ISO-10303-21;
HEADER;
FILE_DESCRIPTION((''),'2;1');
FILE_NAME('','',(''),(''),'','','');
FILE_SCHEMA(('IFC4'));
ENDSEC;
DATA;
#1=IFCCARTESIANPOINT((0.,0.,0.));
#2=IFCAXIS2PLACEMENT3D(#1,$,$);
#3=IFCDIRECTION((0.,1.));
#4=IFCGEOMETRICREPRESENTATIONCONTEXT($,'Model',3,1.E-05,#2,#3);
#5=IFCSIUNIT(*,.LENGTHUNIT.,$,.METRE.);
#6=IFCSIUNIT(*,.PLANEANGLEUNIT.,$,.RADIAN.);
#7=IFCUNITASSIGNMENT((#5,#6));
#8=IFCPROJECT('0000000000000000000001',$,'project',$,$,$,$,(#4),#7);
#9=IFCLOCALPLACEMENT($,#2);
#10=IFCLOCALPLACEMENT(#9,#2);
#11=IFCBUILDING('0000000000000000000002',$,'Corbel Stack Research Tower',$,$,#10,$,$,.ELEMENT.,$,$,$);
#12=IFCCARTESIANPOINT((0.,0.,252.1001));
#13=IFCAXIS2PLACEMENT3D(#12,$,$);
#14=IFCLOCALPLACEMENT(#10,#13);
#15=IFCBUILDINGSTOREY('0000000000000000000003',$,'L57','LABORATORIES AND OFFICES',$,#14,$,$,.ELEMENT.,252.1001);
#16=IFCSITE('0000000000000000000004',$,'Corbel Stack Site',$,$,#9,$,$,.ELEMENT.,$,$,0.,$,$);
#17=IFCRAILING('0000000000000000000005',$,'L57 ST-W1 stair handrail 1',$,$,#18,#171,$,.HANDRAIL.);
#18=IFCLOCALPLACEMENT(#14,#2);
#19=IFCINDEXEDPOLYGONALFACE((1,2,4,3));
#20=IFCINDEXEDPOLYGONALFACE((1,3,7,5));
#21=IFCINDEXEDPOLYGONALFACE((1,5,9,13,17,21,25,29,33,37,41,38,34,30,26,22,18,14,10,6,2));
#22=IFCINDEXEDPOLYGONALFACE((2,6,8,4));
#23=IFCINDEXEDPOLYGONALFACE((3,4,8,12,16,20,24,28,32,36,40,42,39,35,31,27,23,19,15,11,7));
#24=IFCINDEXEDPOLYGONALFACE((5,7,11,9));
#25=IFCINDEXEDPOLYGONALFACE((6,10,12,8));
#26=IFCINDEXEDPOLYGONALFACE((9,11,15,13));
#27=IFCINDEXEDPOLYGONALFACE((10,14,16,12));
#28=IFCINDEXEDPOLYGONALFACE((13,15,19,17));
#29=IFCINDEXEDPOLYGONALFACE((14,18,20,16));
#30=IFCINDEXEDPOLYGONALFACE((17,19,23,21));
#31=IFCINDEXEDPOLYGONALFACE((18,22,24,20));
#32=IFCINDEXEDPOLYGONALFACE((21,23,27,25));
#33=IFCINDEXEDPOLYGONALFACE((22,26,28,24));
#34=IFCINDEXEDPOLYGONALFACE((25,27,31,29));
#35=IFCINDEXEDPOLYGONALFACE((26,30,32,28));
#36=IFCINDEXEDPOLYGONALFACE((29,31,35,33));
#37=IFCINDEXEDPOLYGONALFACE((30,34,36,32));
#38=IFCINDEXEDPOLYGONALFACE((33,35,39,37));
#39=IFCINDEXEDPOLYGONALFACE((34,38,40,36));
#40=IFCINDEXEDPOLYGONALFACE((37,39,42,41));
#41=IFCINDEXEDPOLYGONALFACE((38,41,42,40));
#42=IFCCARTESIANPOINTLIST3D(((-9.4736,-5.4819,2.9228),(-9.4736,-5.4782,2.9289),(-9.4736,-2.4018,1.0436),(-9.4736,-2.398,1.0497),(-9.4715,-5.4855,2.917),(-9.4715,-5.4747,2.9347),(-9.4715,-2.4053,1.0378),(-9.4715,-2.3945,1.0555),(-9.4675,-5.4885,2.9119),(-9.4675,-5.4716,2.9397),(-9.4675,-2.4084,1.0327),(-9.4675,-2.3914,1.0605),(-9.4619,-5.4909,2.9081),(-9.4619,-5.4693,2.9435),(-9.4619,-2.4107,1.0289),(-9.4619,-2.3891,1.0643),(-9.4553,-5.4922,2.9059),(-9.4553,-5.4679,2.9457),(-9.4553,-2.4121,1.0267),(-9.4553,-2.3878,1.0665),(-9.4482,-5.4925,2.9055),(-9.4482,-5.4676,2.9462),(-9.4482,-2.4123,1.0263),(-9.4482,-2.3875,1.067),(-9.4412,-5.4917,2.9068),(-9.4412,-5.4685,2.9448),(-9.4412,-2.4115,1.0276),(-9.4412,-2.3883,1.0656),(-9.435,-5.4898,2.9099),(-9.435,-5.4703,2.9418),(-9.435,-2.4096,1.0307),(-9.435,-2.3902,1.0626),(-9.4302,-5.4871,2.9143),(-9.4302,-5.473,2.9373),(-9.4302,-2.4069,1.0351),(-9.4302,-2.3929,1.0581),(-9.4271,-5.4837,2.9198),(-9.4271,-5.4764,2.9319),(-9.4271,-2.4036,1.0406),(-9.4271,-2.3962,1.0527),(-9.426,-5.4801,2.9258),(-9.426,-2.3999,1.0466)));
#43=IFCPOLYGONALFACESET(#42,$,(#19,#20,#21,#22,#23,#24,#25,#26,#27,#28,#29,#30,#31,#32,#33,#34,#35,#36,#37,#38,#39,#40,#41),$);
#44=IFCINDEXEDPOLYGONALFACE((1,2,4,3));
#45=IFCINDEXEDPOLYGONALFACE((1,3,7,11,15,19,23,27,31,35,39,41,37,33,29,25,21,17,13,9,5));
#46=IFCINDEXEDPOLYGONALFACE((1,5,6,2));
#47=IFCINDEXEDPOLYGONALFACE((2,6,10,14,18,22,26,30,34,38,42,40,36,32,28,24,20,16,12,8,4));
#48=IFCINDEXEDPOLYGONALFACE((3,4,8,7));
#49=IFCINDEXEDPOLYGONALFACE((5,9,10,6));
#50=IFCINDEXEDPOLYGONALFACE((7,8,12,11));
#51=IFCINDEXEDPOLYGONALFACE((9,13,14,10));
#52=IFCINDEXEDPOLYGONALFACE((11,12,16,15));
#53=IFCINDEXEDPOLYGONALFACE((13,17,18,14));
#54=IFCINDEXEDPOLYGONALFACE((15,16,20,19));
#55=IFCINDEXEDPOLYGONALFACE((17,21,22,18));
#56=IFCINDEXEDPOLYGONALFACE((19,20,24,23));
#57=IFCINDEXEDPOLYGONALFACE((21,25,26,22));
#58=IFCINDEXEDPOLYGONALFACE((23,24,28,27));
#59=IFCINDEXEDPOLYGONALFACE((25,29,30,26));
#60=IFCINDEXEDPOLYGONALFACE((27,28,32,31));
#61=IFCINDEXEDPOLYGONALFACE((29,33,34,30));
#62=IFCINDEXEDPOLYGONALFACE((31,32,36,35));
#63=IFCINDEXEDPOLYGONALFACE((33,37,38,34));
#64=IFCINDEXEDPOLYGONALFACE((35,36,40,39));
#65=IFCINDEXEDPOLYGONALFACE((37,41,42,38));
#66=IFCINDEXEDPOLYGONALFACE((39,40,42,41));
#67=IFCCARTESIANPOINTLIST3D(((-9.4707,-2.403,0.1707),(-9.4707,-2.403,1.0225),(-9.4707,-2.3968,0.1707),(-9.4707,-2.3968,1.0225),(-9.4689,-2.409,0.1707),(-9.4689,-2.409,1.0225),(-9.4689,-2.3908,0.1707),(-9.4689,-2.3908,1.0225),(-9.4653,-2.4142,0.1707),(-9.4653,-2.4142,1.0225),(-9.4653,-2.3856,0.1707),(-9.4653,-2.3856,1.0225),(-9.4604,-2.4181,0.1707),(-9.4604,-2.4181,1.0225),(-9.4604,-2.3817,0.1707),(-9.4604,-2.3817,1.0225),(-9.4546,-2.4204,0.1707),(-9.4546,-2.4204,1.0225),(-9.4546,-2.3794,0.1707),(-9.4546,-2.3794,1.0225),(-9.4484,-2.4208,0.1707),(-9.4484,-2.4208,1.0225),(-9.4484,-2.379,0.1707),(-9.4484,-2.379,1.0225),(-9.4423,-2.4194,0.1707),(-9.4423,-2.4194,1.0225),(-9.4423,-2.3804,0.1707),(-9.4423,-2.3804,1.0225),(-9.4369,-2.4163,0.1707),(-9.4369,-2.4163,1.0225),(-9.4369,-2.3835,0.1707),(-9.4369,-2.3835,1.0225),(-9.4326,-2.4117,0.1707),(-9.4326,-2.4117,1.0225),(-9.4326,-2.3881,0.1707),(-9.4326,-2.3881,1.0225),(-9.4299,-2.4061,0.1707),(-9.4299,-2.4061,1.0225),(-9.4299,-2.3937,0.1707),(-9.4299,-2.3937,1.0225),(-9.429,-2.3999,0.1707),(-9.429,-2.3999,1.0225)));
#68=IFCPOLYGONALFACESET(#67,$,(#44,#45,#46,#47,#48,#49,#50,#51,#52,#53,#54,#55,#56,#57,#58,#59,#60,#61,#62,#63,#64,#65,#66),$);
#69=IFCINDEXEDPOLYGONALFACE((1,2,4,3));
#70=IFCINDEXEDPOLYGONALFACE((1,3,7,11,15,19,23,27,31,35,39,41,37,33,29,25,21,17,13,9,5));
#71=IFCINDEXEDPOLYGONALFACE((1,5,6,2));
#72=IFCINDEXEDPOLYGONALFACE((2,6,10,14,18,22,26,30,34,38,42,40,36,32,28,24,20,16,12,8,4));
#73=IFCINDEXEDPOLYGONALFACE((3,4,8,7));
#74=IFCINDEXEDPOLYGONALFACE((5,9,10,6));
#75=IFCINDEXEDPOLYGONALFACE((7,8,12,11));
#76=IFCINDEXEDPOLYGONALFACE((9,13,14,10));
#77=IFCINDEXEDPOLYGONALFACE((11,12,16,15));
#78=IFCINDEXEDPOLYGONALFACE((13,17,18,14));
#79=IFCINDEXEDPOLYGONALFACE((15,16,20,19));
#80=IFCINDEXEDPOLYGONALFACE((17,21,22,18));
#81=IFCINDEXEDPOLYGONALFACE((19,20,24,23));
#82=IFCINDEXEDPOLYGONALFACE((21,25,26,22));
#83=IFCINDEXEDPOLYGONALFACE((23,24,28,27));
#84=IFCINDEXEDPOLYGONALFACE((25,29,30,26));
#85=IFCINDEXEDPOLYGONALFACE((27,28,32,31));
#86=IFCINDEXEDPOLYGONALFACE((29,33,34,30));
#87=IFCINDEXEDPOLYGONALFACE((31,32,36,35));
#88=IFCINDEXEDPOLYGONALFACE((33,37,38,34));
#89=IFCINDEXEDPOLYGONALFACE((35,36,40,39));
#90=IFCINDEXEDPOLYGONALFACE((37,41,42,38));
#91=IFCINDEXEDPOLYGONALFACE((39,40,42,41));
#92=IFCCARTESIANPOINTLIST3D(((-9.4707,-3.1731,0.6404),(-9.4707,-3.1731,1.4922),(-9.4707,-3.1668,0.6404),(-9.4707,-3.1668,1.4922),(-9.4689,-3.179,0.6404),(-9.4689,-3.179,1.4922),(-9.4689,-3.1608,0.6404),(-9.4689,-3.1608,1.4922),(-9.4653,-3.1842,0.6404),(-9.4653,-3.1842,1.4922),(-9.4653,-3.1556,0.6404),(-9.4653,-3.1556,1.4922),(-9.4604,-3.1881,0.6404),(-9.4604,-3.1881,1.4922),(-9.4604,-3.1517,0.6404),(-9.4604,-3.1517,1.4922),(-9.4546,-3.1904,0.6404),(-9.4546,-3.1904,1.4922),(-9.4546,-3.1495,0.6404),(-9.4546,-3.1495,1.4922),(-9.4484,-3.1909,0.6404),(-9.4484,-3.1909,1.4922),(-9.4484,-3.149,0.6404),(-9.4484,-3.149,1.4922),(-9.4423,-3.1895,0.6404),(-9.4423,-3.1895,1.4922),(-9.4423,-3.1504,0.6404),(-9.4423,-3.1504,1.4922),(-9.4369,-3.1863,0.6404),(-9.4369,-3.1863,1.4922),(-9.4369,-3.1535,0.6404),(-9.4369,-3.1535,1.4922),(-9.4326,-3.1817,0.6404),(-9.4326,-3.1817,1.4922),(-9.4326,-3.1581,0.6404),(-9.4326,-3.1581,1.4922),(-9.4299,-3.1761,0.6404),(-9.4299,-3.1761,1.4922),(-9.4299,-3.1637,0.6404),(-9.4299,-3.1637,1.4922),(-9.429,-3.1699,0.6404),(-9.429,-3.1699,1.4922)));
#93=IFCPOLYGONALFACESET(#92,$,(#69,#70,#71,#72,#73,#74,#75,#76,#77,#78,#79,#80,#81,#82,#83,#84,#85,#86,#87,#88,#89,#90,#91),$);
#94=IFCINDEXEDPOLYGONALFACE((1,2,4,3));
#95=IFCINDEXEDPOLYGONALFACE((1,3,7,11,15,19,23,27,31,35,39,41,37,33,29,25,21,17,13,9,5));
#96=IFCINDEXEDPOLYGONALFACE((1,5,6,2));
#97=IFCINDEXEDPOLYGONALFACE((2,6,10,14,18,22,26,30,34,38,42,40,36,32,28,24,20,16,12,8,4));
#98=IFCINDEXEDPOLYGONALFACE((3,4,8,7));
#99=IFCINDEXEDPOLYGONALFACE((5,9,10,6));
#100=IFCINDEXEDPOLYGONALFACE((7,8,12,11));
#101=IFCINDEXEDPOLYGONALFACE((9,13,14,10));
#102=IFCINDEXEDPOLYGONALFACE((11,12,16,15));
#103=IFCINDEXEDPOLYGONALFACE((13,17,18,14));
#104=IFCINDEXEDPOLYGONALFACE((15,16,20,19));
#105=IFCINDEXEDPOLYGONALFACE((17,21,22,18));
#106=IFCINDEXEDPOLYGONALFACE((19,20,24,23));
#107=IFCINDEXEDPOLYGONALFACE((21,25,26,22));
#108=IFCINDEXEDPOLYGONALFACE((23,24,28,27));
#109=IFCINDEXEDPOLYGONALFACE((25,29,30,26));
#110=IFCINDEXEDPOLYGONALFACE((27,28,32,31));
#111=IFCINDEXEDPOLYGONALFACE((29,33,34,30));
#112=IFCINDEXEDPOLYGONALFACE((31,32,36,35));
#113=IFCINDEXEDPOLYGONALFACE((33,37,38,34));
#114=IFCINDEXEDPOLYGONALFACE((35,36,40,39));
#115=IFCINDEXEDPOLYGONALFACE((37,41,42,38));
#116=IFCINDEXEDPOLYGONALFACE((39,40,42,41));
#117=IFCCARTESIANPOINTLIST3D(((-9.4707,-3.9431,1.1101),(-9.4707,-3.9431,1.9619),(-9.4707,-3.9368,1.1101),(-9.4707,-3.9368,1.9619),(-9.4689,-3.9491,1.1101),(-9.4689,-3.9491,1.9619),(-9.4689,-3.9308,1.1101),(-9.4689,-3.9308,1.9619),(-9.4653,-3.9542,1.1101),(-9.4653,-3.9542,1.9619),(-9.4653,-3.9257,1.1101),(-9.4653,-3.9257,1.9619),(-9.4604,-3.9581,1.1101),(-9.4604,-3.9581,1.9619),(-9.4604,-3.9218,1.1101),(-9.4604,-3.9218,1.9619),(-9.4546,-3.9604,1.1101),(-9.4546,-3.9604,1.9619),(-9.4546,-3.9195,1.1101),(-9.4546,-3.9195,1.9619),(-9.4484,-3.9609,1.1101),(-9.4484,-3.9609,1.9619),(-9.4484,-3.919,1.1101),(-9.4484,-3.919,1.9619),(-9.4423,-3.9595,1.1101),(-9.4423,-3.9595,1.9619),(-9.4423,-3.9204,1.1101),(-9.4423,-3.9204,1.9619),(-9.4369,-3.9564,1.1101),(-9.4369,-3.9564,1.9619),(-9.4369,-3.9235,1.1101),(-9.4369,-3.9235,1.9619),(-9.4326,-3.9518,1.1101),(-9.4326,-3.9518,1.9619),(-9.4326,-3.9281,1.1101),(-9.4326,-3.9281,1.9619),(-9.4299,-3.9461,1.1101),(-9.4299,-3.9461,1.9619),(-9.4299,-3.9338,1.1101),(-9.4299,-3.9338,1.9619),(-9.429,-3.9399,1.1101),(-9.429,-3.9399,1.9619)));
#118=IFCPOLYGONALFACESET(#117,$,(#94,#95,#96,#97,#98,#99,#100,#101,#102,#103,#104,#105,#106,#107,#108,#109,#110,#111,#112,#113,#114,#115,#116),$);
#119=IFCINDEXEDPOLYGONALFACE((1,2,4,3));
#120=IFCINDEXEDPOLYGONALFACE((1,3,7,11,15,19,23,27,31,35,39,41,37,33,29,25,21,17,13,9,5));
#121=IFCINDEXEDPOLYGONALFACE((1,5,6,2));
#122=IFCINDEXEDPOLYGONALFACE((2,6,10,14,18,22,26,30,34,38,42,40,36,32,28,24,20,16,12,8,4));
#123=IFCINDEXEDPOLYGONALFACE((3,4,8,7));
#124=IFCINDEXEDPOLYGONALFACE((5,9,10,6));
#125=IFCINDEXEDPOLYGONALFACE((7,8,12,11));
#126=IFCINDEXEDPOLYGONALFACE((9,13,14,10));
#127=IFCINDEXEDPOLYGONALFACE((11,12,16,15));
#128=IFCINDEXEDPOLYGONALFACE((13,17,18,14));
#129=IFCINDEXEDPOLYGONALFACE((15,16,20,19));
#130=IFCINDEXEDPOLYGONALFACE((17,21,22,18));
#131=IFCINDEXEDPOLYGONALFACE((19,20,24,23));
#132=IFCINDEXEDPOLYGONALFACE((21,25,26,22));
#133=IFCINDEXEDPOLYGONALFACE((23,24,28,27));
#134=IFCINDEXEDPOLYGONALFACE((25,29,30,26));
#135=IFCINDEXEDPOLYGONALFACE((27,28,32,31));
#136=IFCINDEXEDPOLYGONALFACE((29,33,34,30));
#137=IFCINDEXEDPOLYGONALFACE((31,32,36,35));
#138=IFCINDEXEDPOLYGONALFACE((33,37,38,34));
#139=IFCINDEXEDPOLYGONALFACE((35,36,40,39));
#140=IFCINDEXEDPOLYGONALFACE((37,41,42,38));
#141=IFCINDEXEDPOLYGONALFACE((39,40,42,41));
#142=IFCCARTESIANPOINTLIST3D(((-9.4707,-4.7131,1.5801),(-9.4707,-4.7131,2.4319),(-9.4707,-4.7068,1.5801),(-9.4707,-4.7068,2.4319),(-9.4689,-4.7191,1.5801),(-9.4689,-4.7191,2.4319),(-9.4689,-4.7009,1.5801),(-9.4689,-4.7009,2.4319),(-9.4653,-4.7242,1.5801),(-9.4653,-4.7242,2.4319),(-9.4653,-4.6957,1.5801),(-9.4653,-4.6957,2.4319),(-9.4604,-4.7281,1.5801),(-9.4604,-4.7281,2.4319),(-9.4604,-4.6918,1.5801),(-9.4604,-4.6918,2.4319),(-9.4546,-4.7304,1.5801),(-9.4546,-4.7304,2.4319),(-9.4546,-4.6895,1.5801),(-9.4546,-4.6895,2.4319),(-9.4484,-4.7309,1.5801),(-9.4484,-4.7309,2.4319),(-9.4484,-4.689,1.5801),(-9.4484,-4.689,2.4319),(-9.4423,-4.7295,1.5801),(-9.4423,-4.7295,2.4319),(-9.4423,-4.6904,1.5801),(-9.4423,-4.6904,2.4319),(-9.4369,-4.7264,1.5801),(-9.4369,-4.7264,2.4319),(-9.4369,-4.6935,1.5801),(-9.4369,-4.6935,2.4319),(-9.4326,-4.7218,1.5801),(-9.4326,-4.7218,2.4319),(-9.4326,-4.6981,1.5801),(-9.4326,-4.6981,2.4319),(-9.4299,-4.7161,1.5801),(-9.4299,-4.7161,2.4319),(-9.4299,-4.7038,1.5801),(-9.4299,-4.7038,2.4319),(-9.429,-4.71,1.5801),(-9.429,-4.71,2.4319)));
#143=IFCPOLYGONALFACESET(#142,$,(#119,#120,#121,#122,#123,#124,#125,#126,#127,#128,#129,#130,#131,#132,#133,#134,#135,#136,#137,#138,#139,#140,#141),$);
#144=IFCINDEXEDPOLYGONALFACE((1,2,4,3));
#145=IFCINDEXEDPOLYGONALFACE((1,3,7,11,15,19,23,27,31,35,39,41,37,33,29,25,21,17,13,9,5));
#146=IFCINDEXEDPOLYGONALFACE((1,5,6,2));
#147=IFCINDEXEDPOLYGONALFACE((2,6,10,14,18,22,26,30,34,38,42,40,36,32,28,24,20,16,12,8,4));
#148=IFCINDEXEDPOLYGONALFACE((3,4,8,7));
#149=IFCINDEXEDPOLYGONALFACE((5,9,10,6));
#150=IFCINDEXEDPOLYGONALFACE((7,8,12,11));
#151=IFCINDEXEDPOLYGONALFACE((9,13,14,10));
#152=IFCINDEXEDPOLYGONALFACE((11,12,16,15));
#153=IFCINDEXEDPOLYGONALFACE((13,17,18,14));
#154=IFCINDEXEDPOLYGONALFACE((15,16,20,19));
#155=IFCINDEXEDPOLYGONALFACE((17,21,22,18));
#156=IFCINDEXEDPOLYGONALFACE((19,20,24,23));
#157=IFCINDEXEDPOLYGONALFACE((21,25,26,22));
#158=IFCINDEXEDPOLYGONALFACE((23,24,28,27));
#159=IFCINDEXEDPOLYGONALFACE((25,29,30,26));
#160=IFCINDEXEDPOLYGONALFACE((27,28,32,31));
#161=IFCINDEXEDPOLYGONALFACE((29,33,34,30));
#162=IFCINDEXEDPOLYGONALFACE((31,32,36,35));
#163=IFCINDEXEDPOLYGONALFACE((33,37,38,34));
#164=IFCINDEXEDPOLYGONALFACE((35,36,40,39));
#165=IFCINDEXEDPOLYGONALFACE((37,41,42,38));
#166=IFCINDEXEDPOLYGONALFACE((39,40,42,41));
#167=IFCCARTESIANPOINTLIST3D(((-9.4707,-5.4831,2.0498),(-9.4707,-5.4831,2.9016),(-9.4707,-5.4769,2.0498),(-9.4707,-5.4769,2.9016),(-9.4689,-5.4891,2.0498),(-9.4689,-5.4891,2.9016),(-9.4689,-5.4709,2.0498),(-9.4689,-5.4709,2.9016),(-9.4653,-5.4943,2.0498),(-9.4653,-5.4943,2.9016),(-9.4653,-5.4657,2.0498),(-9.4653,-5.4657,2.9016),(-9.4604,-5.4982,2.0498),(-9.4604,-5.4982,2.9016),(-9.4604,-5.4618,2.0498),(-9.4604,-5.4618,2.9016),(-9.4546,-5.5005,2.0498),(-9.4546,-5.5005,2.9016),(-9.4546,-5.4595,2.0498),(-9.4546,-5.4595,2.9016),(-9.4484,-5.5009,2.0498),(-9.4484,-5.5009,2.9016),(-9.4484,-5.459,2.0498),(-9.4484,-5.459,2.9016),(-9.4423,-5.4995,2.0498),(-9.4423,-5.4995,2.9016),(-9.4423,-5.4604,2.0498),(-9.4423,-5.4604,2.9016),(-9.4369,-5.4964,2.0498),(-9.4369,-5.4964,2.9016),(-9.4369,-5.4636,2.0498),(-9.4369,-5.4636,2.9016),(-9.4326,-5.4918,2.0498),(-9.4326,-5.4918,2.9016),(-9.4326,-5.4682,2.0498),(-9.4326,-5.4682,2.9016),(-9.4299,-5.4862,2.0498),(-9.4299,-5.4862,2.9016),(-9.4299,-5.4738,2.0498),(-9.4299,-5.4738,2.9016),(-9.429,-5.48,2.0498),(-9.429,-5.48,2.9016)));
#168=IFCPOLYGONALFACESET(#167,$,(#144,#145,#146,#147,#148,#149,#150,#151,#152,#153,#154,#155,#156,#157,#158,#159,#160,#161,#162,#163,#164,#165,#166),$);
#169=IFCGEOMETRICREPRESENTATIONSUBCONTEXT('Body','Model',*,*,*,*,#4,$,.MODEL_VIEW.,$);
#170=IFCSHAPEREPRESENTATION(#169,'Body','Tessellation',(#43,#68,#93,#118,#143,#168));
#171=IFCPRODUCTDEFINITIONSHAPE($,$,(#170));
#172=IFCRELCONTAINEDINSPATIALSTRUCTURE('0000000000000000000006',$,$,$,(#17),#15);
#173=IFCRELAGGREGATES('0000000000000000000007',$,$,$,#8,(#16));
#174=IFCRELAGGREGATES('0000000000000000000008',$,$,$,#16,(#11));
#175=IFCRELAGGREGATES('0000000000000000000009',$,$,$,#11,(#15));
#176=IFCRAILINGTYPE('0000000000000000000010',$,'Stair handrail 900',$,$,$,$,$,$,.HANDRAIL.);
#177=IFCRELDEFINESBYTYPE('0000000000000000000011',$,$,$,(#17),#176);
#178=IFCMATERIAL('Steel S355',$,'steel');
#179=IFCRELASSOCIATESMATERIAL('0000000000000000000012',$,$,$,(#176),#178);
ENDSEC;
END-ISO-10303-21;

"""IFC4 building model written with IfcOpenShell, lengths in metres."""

from ifc_helpers import new_model, si_unit, direction, frame, origin, origin_2d, place, context, subcontext, project, spatial, circle, extrude, material, type_object, element, save


model = new_model("IFC4")

# Units and contexts
model_context = context("Model", 3, precision=1e-05, world=origin(), true_north=direction((0.0, 1.0)))
body_context = subcontext(model_context, "Body", "Model", "MODEL_VIEW")
ifc_project = project(units=[si_unit("LENGTHUNIT", "METRE"), si_unit("PLANEANGLEUNIT", "RADIAN")], contexts=[model_context])

# Site, building, storey
site_placement = place(None, origin())
site = spatial("IfcSite", under=ifc_project, at=site_placement, Name="Corbel Stack Site", CompositionType="ELEMENT", RefElevation=0.0)
building_placement = place(site_placement, origin())
building = spatial("IfcBuilding", under=site, at=building_placement, Name="Corbel Stack Research Tower", CompositionType="ELEMENT")
storey_placement = place(building_placement, frame((0.0, 0.0, 252.1001)))
storey = spatial("IfcBuildingStorey", under=building, at=storey_placement, Name="L57", Description="LABORATORIES AND OFFICES", CompositionType="ELEMENT", Elevation=252.1001)

# Railing
ifc_material_1 = material(Name="Steel S355", Category="steel")
railing_type_1 = type_object("IfcRailingType", Name="Stair handrail 900", PredefinedType="HANDRAIL", material=ifc_material_1)
railing_1_placement = place(storey_placement, frame((-9.45, -2.3999, 0.1707)))
element("IfcRailing", 1, at=railing_1_placement, inside=storey, type_object=railing_type_1, Name="L57 ST-W1 stair handrail 1", PredefinedType="HANDRAIL", context=body_context, shape_type="SweptSolid", body=[
    extrude(circle(Radius=0.0239, at=origin_2d()), frame((0.0, 0.0, 0.876), z_axis=(0.0, -0.853666, 0.52082), x_axis=(1.0, 0.0, 0.0)), (0.0, 0.0, 1.0), 3.6082),
    extrude(circle(Radius=0.021, at=origin_2d()), origin(), (0.0, 0.0, 1.0), 0.8518),
    extrude(circle(Radius=0.021, at=origin_2d()), frame((0.0, -0.77, 0.4697)), (0.0, 0.0, 1.0), 0.8518),
    extrude(circle(Radius=0.021, at=origin_2d()), frame((0.0, -1.54, 0.9395)), (0.0, 0.0, 1.0), 0.8518),
    extrude(circle(Radius=0.021, at=origin_2d()), frame((0.0, -2.3101, 1.4094)), (0.0, 0.0, 1.0), 0.8518),
    extrude(circle(Radius=0.021, at=origin_2d()), frame((0.0, -3.0801, 1.8792)), (0.0, 0.0, 1.0), 0.8518),
])

save(model, "model.ifc")
